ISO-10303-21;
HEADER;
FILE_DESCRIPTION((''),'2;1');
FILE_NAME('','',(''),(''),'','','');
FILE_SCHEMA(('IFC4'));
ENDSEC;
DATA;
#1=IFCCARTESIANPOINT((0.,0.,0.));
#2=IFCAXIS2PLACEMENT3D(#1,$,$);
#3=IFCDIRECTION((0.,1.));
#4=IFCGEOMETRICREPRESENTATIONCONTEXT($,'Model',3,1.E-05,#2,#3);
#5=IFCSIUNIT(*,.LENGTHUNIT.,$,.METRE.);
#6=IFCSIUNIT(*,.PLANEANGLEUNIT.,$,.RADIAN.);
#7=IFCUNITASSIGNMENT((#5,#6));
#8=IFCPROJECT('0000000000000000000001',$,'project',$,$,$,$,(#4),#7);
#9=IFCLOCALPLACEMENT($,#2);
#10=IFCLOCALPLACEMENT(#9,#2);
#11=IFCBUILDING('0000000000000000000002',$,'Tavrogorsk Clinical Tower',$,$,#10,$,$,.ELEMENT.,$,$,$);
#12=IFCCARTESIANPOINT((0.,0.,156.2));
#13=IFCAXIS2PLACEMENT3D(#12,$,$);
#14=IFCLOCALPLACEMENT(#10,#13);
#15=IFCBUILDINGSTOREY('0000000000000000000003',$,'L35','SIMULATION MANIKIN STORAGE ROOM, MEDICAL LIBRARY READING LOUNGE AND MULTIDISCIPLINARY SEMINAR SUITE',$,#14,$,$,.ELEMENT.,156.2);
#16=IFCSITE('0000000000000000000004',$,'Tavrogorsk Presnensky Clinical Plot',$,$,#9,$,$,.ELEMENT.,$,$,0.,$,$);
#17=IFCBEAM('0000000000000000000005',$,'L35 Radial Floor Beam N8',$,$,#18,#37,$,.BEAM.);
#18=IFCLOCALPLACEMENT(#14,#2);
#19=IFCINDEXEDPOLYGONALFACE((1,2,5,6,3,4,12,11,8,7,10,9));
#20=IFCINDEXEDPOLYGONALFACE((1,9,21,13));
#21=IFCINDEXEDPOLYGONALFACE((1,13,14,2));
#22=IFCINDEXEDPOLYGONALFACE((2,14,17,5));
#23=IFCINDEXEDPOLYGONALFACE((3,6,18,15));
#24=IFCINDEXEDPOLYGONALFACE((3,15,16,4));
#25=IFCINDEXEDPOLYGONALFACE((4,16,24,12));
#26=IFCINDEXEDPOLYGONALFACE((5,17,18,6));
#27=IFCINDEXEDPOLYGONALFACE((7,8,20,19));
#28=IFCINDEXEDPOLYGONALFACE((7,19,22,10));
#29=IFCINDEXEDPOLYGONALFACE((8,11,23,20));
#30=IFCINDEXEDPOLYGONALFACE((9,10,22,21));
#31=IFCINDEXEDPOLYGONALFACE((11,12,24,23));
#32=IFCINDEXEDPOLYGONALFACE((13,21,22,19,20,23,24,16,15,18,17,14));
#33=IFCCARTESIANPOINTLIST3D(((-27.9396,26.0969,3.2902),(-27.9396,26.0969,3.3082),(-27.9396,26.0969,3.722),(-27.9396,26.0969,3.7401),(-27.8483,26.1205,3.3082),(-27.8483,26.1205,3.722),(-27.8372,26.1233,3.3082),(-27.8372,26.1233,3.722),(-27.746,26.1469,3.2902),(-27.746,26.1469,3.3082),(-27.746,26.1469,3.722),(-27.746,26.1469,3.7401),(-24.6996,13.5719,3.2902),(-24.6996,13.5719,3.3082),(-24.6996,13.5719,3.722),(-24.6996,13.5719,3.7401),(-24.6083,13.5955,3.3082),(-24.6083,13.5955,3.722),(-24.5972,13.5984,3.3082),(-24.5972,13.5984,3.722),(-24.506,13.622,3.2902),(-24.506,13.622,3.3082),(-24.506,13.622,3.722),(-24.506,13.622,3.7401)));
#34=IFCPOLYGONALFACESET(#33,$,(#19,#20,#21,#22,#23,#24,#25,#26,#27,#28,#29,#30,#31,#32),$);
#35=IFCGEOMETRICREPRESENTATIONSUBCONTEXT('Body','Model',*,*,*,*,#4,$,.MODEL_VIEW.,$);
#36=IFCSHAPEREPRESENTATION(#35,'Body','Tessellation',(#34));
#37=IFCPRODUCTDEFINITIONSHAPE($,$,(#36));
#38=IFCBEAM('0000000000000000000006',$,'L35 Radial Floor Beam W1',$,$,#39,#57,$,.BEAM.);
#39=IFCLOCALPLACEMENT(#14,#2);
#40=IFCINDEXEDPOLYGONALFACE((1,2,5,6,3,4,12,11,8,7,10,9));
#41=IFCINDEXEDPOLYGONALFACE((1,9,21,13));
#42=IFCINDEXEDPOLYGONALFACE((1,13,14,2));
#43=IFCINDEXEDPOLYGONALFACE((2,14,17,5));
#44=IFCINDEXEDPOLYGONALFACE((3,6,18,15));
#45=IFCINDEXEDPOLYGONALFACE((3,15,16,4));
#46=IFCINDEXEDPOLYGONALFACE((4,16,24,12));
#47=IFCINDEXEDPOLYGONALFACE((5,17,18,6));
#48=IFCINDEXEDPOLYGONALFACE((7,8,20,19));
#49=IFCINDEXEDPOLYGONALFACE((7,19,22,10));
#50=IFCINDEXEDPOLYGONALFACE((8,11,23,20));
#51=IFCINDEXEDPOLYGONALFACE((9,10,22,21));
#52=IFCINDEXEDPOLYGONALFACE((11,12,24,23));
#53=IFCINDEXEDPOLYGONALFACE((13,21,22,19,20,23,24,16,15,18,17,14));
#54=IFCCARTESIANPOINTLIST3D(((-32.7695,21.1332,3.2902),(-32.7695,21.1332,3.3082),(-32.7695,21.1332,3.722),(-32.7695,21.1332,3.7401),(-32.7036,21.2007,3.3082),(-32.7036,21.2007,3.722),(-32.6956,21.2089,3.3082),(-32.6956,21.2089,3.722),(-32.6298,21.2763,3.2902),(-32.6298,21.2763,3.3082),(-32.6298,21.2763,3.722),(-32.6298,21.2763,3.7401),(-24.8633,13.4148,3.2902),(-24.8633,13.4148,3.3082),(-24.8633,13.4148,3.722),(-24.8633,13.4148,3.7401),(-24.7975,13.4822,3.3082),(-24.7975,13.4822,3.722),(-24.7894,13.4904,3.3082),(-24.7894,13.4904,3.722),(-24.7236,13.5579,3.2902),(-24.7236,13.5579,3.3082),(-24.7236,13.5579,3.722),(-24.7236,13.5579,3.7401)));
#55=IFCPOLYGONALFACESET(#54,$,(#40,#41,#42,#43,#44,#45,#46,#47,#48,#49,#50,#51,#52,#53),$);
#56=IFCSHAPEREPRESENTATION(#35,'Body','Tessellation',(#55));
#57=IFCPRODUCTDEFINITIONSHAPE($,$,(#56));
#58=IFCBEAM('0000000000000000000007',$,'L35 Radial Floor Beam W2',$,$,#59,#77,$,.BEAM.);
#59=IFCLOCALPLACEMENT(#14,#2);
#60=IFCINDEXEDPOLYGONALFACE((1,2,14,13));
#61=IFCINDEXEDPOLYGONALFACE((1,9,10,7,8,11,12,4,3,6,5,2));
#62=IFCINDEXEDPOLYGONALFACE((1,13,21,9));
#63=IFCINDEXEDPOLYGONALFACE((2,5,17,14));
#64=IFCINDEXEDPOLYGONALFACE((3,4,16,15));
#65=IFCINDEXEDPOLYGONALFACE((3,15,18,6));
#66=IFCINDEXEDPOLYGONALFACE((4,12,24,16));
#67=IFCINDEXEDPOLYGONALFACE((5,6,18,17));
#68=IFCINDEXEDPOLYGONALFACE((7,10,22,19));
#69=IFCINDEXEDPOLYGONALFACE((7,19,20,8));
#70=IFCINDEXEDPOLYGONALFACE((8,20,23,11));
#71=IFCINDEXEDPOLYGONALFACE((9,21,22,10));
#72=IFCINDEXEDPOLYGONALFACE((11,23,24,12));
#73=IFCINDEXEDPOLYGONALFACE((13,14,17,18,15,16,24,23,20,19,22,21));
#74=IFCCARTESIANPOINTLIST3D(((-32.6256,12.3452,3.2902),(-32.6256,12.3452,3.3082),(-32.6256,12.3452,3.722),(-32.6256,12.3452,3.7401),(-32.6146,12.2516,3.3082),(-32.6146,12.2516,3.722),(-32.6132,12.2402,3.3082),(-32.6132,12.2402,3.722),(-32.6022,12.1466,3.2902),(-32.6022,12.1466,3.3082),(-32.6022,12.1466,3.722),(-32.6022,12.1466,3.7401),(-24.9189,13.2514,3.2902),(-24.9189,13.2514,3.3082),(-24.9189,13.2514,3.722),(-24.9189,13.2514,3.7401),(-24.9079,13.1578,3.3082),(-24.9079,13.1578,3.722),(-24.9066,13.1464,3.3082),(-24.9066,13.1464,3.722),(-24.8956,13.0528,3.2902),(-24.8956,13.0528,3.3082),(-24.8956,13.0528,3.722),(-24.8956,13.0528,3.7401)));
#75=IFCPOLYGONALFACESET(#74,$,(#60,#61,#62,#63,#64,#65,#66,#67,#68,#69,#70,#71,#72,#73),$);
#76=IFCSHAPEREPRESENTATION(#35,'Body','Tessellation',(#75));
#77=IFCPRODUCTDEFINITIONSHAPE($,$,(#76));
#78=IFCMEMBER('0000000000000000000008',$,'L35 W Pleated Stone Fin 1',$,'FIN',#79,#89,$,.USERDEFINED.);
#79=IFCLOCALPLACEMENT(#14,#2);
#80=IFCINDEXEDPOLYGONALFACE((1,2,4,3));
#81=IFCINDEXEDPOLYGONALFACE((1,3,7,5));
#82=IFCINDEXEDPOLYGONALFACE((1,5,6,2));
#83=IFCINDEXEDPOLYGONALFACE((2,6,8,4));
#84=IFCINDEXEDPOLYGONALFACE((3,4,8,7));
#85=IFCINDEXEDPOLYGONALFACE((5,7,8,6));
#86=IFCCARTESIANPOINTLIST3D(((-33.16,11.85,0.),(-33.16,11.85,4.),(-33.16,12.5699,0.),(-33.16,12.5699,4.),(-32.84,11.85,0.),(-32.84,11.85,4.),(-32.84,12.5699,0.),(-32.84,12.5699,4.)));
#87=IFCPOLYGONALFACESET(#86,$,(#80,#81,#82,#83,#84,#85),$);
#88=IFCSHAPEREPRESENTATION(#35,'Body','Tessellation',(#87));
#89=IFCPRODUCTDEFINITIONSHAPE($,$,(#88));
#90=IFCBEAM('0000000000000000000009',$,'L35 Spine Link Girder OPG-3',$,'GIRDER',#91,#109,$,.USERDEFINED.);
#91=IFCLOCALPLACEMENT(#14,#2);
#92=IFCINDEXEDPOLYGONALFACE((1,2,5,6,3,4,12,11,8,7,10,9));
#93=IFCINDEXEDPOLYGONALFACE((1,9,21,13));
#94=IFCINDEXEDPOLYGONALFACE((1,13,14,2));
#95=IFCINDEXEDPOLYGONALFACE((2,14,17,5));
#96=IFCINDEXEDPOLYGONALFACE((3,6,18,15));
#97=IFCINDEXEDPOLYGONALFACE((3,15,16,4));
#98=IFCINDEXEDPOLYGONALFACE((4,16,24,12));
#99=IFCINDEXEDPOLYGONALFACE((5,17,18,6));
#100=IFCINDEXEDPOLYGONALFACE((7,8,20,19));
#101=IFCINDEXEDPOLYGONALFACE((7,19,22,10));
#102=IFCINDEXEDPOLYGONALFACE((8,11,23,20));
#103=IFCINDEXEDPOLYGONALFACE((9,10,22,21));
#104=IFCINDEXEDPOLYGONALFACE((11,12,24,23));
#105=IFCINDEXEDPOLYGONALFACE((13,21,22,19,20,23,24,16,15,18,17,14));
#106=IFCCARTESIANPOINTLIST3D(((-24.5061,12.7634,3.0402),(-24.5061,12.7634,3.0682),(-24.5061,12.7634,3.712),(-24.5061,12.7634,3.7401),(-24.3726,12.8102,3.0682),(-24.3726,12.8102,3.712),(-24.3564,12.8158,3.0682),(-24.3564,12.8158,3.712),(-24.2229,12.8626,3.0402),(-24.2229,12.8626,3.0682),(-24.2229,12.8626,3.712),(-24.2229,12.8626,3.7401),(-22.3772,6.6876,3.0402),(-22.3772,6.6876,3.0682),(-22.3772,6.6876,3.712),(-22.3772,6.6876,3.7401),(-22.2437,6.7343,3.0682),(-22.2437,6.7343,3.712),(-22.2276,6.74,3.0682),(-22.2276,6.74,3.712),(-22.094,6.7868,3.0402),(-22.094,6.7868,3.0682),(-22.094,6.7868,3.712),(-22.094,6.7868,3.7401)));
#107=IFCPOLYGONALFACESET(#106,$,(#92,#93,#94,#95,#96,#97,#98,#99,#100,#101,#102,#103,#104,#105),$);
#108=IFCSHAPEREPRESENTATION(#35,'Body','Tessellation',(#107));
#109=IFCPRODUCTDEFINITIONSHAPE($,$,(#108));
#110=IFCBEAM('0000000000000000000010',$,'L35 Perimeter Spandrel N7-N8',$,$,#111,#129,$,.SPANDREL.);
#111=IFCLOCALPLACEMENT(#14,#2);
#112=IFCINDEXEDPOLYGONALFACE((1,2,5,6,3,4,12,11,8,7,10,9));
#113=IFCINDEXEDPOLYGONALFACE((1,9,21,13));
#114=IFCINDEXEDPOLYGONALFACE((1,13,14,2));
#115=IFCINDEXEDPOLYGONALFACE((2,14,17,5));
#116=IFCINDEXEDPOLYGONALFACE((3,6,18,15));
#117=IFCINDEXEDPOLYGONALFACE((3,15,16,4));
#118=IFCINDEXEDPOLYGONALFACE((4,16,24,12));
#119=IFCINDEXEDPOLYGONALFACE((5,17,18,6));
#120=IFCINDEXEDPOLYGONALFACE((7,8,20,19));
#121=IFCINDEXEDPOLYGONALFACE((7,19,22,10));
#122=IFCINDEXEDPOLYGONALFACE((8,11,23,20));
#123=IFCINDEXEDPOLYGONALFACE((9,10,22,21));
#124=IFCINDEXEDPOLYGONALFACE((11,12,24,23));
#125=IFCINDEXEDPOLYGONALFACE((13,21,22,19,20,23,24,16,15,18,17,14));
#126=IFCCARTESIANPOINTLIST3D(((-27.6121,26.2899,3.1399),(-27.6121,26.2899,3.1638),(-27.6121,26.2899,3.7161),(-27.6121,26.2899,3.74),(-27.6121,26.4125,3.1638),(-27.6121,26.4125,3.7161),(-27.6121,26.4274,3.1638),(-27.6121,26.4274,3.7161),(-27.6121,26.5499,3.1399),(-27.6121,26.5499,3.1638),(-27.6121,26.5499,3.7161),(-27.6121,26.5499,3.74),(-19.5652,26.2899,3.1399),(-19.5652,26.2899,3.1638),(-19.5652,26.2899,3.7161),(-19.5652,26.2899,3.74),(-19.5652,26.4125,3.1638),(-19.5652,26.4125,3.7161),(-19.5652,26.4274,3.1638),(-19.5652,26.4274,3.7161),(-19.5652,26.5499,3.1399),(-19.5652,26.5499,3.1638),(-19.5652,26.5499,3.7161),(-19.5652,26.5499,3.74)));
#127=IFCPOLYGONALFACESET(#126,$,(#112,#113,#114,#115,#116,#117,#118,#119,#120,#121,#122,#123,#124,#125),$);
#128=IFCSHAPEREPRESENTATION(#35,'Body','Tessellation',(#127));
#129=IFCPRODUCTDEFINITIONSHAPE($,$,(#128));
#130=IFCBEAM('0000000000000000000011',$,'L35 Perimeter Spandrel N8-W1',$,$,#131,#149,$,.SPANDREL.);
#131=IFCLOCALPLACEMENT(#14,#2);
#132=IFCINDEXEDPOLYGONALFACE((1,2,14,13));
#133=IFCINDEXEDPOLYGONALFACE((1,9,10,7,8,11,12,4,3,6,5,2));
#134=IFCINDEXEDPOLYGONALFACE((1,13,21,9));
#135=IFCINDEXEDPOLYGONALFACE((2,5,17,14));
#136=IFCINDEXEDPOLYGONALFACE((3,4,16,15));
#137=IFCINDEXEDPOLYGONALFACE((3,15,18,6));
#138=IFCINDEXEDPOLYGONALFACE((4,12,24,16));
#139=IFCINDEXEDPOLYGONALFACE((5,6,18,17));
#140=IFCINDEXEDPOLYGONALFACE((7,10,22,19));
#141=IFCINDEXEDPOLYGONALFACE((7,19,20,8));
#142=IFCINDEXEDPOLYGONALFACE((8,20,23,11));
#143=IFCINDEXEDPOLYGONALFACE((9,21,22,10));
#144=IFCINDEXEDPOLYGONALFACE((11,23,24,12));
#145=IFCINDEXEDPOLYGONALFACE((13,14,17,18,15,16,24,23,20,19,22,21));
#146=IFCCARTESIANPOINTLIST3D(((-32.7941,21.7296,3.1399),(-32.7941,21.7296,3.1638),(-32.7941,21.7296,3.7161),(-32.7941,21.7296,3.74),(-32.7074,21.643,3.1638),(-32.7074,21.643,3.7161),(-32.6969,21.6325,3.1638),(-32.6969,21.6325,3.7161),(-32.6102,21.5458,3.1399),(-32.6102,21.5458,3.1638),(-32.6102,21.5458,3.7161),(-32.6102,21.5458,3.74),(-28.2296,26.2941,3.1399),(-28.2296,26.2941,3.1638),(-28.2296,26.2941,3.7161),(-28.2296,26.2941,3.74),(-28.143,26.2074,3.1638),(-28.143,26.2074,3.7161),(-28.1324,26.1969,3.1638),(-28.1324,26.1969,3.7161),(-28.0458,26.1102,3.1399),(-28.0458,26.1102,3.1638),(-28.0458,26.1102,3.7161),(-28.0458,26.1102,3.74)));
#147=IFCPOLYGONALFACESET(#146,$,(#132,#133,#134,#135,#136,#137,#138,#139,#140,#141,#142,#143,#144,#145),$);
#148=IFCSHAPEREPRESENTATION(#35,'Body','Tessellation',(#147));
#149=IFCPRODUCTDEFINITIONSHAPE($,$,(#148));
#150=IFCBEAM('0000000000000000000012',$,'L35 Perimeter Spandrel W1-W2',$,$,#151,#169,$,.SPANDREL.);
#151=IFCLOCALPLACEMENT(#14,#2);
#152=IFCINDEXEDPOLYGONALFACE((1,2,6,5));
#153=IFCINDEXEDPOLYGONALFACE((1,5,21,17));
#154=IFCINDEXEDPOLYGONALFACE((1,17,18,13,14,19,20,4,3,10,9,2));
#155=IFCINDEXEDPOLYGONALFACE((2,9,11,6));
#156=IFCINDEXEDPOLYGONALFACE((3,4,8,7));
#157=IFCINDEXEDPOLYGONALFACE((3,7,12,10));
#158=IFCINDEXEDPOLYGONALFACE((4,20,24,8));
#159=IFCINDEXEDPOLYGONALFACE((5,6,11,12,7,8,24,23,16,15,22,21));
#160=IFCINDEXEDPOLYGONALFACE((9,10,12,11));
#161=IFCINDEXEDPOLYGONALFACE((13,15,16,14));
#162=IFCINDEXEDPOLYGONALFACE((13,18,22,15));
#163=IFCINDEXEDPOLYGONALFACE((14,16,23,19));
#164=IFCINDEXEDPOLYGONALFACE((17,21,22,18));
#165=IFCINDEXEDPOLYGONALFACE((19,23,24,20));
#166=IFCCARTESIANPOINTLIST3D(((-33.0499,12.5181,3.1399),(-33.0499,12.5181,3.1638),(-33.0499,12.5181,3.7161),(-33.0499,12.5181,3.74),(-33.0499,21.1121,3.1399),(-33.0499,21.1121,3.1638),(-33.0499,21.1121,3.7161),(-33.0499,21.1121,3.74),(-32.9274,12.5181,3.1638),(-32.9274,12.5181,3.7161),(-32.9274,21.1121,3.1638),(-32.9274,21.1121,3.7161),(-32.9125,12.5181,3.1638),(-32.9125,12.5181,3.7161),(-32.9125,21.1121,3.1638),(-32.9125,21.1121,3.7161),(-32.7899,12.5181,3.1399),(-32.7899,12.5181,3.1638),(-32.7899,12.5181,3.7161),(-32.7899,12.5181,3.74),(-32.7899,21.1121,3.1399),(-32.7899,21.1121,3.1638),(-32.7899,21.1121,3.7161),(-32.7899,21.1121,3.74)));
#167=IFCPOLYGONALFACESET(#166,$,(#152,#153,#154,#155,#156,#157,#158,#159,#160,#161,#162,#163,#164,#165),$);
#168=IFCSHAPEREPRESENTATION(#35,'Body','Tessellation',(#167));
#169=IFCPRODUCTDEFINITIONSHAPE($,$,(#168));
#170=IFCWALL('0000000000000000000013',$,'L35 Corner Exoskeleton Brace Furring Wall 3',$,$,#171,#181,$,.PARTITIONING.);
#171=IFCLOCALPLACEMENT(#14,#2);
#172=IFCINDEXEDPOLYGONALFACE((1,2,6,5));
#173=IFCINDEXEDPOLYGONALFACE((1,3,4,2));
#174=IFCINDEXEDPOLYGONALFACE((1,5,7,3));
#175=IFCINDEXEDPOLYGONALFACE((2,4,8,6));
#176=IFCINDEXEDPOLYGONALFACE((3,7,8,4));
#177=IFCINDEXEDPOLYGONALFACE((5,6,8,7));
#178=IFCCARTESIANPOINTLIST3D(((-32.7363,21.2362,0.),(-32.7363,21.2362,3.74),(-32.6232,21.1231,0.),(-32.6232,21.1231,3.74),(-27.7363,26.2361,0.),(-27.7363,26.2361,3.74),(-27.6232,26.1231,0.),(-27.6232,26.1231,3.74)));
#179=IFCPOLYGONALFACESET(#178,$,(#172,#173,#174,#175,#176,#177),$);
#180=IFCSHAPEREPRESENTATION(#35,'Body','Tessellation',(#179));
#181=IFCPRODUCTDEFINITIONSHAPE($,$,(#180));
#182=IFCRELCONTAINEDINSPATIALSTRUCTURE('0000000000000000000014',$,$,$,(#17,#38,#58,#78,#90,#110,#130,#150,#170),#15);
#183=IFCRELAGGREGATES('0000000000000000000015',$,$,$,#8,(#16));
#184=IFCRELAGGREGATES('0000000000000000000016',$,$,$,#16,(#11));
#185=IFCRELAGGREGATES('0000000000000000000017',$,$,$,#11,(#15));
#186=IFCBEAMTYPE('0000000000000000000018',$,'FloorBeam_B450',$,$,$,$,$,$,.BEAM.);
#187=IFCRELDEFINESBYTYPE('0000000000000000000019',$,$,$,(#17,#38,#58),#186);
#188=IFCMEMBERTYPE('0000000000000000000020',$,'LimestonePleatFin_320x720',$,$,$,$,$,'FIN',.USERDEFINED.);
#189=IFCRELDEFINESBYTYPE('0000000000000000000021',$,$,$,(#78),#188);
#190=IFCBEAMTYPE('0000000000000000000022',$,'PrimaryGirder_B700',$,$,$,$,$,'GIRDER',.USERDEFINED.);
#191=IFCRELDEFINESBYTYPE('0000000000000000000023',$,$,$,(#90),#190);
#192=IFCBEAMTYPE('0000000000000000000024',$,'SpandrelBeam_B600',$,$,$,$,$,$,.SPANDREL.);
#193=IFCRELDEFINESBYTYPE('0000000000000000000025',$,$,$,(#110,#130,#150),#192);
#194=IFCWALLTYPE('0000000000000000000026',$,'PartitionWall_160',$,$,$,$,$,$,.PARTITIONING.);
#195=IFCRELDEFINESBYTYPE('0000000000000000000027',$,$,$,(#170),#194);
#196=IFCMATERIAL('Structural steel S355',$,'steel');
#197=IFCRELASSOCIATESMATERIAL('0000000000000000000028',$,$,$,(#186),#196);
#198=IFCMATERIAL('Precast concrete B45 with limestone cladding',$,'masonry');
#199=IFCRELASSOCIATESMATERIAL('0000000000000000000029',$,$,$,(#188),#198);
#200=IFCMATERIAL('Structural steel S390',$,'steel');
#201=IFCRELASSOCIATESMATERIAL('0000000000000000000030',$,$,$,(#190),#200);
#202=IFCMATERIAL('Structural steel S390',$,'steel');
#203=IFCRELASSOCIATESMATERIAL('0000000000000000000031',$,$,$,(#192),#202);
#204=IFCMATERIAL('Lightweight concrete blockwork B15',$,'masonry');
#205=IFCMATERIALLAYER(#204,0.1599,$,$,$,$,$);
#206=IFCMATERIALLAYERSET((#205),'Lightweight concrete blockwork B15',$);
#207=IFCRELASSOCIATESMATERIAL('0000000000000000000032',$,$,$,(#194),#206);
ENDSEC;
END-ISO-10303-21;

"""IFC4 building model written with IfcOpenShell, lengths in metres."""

from ifc_helpers import new_model, si_unit, direction, frame, frame_2d, origin, origin_2d, place, context, subcontext, project, spatial, rectangle, i_section, extrude, material, layer, layer_set, material_profile, profile_set, type_object, element, save


model = new_model("IFC4")

# Units and contexts
model_context = context("Model", 3, precision=1e-05, world=origin(), true_north=direction((0.0, 1.0)))
body_context = subcontext(model_context, "Body", "Model", "MODEL_VIEW")
ifc_project = project(units=[si_unit("LENGTHUNIT", "METRE"), si_unit("PLANEANGLEUNIT", "RADIAN")], contexts=[model_context])

# Site, building, storey
site_placement = place(None, origin())
site = spatial("IfcSite", under=ifc_project, at=site_placement, Name="Tavrogorsk Presnensky Clinical Plot", CompositionType="ELEMENT", RefElevation=0.0)
building_placement = place(site_placement, origin())
building = spatial("IfcBuilding", under=site, at=building_placement, Name="Tavrogorsk Clinical Tower", CompositionType="ELEMENT")
storey_placement = place(building_placement, frame((0.0, 0.0, 156.2)))
storey = spatial("IfcBuildingStorey", under=building, at=storey_placement, Name="L35", Description="SIMULATION MANIKIN STORAGE ROOM, MEDICAL LIBRARY READING LOUNGE AND MULTIDISCIPLINARY SEMINAR SUITE", CompositionType="ELEMENT", Elevation=156.2)

# Beams
ifc_material_1 = material(Name="Structural steel S355", Category="steel")
ifc_material_profile_1 = material_profile(ifc_material_1, i_section(OverallWidth=0.2, OverallDepth=0.45, WebThickness=0.0115, FlangeThickness=0.0181, at=origin_2d()), Name="B-450x200x11.5x18")
ifc_profile_set_1 = profile_set([ifc_material_profile_1], Name="Structural steel S355")
beam_type_1 = type_object("IfcBeamType", Name="FloorBeam_B450", PredefinedType="BEAM", material=ifc_profile_set_1)
beam_1_placement = place(storey_placement, frame((-24.6028, 13.5969, 3.5151), z_axis=(-0.25044, 0.968132, 0.0), x_axis=(-0.968132, -0.25044, 0.0)))
element("IfcBeam", 1, at=beam_1_placement, inside=storey, type_object=beam_type_1, Name="L35 Radial Floor Beam N8", PredefinedType="BEAM", context=body_context, shape_type="SweptSolid", body=[
    extrude(i_section(OverallWidth=0.2, OverallDepth=0.45, WebThickness=0.0115, FlangeThickness=0.0181, at=origin_2d()), origin(), (0.0, 0.0, 1.0), 12.9373),
])
beam_2_placement = place(storey_placement, frame((-24.7935, 13.4863, 3.5151), z_axis=(-0.715552, 0.69856, 0.0), x_axis=(-0.69856, -0.715552, 0.0)))
element("IfcBeam", 2, at=beam_2_placement, inside=storey, type_object=beam_type_1, Name="L35 Radial Floor Beam W1", PredefinedType="BEAM", context=body_context, shape_type="SweptSolid", body=[
    extrude(i_section(OverallWidth=0.2, OverallDepth=0.45, WebThickness=0.0115, FlangeThickness=0.0181, at=origin_2d()), origin(), (0.0, 0.0, 1.0), 11.0491),
])
beam_3_placement = place(storey_placement, frame((-24.9072, 13.1521, 3.5151), z_axis=(-0.993157, -0.116786, 0.0), x_axis=(0.116786, -0.993157, 0.0)))
element("IfcBeam", 3, at=beam_3_placement, inside=storey, type_object=beam_type_1, Name="L35 Radial Floor Beam W2", PredefinedType="BEAM", context=body_context, shape_type="SweptSolid", body=[
    extrude(i_section(OverallWidth=0.2, OverallDepth=0.45, WebThickness=0.0115, FlangeThickness=0.0181, at=origin_2d()), origin(), (0.0, 0.0, 1.0), 7.7598),
])

# Member
ifc_material_2 = material(Name="Precast concrete B45 with limestone cladding", Category="masonry")
ifc_material_profile_2 = material_profile(ifc_material_2, rectangle(XDim=0.3201, YDim=0.72, at=origin_2d()), Name="LIMESTONE-FIN-320x720")
ifc_profile_set_2 = profile_set([ifc_material_profile_2], Name="Precast concrete B45 with limestone cladding")
member_type_1 = type_object("IfcMemberType", Name="LimestonePleatFin_320x720", ElementType="FIN", PredefinedType="USERDEFINED", material=ifc_profile_set_2)
member_1_placement = place(storey_placement, frame((-33.0, 12.21, 0.0), z_axis=(0.0, 0.0, 1.0), x_axis=(1.0, 0.0, 0.0)))
element("IfcMember", 4, at=member_1_placement, inside=storey, type_object=member_type_1, Name="L35 W Pleated Stone Fin 1", ObjectType="FIN", PredefinedType="USERDEFINED", context=body_context, shape_type="SweptSolid", body=[
    extrude(rectangle(XDim=0.3201, YDim=0.72, at=origin_2d()), origin(), (0.0, 0.0, 1.0), 4.0),
])

# Beams
ifc_material_3 = material(Name="Structural steel S390", Category="steel")
ifc_material_profile_3 = material_profile(ifc_material_3, i_section(OverallWidth=0.3, OverallDepth=0.7, WebThickness=0.0171, FlangeThickness=0.0281, at=origin_2d()), Name="B-700x300x17x28")
ifc_profile_set_3 = profile_set([ifc_material_profile_3], Name="Structural steel S390")
beam_type_2 = type_object("IfcBeamType", Name="PrimaryGirder_B700", ElementType="GIRDER", PredefinedType="USERDEFINED", material=ifc_profile_set_3)
beam_4_placement = place(storey_placement, frame((-24.3645, 12.813, 3.3901), z_axis=(0.330673, -0.943745, 0.0), x_axis=(0.943745, 0.330673, 0.0)))
element("IfcBeam", 5, at=beam_4_placement, inside=storey, type_object=beam_type_2, Name="L35 Spine Link Girder OPG-3", ObjectType="GIRDER", PredefinedType="USERDEFINED", context=body_context, shape_type="SweptSolid", body=[
    extrude(i_section(OverallWidth=0.3, OverallDepth=0.7, WebThickness=0.0171, FlangeThickness=0.0281, at=origin_2d()), origin(), (0.0, 0.0, 1.0), 6.438),
])
ifc_material_4 = material(Name="Structural steel S390", Category="steel")
ifc_material_profile_4 = material_profile(ifc_material_4, i_section(OverallWidth=0.26, OverallDepth=0.6001, WebThickness=0.0149, FlangeThickness=0.0239, at=origin_2d()), Name="B-600x260x15x24")
ifc_profile_set_4 = profile_set([ifc_material_profile_4], Name="Structural steel S390")
beam_type_3 = type_object("IfcBeamType", Name="SpandrelBeam_B600", PredefinedType="SPANDREL", material=ifc_profile_set_4)
beam_5_placement = place(storey_placement, frame((-19.5652, 26.4199, 3.4399), z_axis=(-1.0, 0.0, 0.0), x_axis=(0.0, -1.0, 0.0)))
element("IfcBeam", 6, at=beam_5_placement, inside=storey, type_object=beam_type_3, Name="L35 Perimeter Spandrel N7-N8", PredefinedType="SPANDREL", context=body_context, shape_type="SweptSolid", body=[
    extrude(i_section(OverallWidth=0.26, OverallDepth=0.6001, WebThickness=0.0149, FlangeThickness=0.0239, at=origin_2d()), origin(), (0.0, 0.0, 1.0), 8.0469),
])
beam_6_placement = place(storey_placement, frame((-28.1377, 26.2021, 3.4399), z_axis=(-0.707107, -0.707107, 0.0), x_axis=(0.707107, -0.707107, 0.0)))
element("IfcBeam", 7, at=beam_6_placement, inside=storey, type_object=beam_type_3, Name="L35 Perimeter Spandrel N8-W1", PredefinedType="SPANDREL", context=body_context, shape_type="SweptSolid", body=[
    extrude(i_section(OverallWidth=0.26, OverallDepth=0.6001, WebThickness=0.0149, FlangeThickness=0.0239, at=origin_2d()), origin(), (0.0, 0.0, 1.0), 6.4551),
])
beam_7_placement = place(storey_placement, frame((-32.9199, 21.1121, 3.4399), z_axis=(0.0, -1.0, 0.0), x_axis=(1.0, 0.0, 0.0)))
element("IfcBeam", 8, at=beam_7_placement, inside=storey, type_object=beam_type_3, Name="L35 Perimeter Spandrel W1-W2", PredefinedType="SPANDREL", context=body_context, shape_type="SweptSolid", body=[
    extrude(i_section(OverallWidth=0.26, OverallDepth=0.6001, WebThickness=0.0149, FlangeThickness=0.0239, at=origin_2d()), origin(), (0.0, 0.0, 1.0), 8.594),
])

# Wall
ifc_material_5 = material(Name="Lightweight concrete blockwork B15", Category="masonry")
ifc_layer_1 = layer(ifc_material_5, 0.1599)
ifc_layer_set_1 = layer_set([ifc_layer_1], Name="Lightweight concrete blockwork B15")
wall_type_1 = type_object("IfcWallType", Name="PartitionWall_160", PredefinedType="PARTITIONING", material=ifc_layer_set_1)
wall_1_placement = place(storey_placement, frame((-27.6797, 26.1797, 0.0), z_axis=(0.0, 0.0, 1.0), x_axis=(-0.707107, -0.707107, 0.0)))
element("IfcWall", 9, at=wall_1_placement, inside=storey, type_object=wall_type_1, Name="L35 Corner Exoskeleton Brace Furring Wall 3", PredefinedType="PARTITIONING", context=body_context, shape_type="SweptSolid", body=[
    extrude(rectangle(XDim=7.071, YDim=0.1599, at=frame_2d((3.5356, 0.0))), origin(), (0.0, 0.0, 1.0), 3.74),
])

save(model, "model.ifc")
